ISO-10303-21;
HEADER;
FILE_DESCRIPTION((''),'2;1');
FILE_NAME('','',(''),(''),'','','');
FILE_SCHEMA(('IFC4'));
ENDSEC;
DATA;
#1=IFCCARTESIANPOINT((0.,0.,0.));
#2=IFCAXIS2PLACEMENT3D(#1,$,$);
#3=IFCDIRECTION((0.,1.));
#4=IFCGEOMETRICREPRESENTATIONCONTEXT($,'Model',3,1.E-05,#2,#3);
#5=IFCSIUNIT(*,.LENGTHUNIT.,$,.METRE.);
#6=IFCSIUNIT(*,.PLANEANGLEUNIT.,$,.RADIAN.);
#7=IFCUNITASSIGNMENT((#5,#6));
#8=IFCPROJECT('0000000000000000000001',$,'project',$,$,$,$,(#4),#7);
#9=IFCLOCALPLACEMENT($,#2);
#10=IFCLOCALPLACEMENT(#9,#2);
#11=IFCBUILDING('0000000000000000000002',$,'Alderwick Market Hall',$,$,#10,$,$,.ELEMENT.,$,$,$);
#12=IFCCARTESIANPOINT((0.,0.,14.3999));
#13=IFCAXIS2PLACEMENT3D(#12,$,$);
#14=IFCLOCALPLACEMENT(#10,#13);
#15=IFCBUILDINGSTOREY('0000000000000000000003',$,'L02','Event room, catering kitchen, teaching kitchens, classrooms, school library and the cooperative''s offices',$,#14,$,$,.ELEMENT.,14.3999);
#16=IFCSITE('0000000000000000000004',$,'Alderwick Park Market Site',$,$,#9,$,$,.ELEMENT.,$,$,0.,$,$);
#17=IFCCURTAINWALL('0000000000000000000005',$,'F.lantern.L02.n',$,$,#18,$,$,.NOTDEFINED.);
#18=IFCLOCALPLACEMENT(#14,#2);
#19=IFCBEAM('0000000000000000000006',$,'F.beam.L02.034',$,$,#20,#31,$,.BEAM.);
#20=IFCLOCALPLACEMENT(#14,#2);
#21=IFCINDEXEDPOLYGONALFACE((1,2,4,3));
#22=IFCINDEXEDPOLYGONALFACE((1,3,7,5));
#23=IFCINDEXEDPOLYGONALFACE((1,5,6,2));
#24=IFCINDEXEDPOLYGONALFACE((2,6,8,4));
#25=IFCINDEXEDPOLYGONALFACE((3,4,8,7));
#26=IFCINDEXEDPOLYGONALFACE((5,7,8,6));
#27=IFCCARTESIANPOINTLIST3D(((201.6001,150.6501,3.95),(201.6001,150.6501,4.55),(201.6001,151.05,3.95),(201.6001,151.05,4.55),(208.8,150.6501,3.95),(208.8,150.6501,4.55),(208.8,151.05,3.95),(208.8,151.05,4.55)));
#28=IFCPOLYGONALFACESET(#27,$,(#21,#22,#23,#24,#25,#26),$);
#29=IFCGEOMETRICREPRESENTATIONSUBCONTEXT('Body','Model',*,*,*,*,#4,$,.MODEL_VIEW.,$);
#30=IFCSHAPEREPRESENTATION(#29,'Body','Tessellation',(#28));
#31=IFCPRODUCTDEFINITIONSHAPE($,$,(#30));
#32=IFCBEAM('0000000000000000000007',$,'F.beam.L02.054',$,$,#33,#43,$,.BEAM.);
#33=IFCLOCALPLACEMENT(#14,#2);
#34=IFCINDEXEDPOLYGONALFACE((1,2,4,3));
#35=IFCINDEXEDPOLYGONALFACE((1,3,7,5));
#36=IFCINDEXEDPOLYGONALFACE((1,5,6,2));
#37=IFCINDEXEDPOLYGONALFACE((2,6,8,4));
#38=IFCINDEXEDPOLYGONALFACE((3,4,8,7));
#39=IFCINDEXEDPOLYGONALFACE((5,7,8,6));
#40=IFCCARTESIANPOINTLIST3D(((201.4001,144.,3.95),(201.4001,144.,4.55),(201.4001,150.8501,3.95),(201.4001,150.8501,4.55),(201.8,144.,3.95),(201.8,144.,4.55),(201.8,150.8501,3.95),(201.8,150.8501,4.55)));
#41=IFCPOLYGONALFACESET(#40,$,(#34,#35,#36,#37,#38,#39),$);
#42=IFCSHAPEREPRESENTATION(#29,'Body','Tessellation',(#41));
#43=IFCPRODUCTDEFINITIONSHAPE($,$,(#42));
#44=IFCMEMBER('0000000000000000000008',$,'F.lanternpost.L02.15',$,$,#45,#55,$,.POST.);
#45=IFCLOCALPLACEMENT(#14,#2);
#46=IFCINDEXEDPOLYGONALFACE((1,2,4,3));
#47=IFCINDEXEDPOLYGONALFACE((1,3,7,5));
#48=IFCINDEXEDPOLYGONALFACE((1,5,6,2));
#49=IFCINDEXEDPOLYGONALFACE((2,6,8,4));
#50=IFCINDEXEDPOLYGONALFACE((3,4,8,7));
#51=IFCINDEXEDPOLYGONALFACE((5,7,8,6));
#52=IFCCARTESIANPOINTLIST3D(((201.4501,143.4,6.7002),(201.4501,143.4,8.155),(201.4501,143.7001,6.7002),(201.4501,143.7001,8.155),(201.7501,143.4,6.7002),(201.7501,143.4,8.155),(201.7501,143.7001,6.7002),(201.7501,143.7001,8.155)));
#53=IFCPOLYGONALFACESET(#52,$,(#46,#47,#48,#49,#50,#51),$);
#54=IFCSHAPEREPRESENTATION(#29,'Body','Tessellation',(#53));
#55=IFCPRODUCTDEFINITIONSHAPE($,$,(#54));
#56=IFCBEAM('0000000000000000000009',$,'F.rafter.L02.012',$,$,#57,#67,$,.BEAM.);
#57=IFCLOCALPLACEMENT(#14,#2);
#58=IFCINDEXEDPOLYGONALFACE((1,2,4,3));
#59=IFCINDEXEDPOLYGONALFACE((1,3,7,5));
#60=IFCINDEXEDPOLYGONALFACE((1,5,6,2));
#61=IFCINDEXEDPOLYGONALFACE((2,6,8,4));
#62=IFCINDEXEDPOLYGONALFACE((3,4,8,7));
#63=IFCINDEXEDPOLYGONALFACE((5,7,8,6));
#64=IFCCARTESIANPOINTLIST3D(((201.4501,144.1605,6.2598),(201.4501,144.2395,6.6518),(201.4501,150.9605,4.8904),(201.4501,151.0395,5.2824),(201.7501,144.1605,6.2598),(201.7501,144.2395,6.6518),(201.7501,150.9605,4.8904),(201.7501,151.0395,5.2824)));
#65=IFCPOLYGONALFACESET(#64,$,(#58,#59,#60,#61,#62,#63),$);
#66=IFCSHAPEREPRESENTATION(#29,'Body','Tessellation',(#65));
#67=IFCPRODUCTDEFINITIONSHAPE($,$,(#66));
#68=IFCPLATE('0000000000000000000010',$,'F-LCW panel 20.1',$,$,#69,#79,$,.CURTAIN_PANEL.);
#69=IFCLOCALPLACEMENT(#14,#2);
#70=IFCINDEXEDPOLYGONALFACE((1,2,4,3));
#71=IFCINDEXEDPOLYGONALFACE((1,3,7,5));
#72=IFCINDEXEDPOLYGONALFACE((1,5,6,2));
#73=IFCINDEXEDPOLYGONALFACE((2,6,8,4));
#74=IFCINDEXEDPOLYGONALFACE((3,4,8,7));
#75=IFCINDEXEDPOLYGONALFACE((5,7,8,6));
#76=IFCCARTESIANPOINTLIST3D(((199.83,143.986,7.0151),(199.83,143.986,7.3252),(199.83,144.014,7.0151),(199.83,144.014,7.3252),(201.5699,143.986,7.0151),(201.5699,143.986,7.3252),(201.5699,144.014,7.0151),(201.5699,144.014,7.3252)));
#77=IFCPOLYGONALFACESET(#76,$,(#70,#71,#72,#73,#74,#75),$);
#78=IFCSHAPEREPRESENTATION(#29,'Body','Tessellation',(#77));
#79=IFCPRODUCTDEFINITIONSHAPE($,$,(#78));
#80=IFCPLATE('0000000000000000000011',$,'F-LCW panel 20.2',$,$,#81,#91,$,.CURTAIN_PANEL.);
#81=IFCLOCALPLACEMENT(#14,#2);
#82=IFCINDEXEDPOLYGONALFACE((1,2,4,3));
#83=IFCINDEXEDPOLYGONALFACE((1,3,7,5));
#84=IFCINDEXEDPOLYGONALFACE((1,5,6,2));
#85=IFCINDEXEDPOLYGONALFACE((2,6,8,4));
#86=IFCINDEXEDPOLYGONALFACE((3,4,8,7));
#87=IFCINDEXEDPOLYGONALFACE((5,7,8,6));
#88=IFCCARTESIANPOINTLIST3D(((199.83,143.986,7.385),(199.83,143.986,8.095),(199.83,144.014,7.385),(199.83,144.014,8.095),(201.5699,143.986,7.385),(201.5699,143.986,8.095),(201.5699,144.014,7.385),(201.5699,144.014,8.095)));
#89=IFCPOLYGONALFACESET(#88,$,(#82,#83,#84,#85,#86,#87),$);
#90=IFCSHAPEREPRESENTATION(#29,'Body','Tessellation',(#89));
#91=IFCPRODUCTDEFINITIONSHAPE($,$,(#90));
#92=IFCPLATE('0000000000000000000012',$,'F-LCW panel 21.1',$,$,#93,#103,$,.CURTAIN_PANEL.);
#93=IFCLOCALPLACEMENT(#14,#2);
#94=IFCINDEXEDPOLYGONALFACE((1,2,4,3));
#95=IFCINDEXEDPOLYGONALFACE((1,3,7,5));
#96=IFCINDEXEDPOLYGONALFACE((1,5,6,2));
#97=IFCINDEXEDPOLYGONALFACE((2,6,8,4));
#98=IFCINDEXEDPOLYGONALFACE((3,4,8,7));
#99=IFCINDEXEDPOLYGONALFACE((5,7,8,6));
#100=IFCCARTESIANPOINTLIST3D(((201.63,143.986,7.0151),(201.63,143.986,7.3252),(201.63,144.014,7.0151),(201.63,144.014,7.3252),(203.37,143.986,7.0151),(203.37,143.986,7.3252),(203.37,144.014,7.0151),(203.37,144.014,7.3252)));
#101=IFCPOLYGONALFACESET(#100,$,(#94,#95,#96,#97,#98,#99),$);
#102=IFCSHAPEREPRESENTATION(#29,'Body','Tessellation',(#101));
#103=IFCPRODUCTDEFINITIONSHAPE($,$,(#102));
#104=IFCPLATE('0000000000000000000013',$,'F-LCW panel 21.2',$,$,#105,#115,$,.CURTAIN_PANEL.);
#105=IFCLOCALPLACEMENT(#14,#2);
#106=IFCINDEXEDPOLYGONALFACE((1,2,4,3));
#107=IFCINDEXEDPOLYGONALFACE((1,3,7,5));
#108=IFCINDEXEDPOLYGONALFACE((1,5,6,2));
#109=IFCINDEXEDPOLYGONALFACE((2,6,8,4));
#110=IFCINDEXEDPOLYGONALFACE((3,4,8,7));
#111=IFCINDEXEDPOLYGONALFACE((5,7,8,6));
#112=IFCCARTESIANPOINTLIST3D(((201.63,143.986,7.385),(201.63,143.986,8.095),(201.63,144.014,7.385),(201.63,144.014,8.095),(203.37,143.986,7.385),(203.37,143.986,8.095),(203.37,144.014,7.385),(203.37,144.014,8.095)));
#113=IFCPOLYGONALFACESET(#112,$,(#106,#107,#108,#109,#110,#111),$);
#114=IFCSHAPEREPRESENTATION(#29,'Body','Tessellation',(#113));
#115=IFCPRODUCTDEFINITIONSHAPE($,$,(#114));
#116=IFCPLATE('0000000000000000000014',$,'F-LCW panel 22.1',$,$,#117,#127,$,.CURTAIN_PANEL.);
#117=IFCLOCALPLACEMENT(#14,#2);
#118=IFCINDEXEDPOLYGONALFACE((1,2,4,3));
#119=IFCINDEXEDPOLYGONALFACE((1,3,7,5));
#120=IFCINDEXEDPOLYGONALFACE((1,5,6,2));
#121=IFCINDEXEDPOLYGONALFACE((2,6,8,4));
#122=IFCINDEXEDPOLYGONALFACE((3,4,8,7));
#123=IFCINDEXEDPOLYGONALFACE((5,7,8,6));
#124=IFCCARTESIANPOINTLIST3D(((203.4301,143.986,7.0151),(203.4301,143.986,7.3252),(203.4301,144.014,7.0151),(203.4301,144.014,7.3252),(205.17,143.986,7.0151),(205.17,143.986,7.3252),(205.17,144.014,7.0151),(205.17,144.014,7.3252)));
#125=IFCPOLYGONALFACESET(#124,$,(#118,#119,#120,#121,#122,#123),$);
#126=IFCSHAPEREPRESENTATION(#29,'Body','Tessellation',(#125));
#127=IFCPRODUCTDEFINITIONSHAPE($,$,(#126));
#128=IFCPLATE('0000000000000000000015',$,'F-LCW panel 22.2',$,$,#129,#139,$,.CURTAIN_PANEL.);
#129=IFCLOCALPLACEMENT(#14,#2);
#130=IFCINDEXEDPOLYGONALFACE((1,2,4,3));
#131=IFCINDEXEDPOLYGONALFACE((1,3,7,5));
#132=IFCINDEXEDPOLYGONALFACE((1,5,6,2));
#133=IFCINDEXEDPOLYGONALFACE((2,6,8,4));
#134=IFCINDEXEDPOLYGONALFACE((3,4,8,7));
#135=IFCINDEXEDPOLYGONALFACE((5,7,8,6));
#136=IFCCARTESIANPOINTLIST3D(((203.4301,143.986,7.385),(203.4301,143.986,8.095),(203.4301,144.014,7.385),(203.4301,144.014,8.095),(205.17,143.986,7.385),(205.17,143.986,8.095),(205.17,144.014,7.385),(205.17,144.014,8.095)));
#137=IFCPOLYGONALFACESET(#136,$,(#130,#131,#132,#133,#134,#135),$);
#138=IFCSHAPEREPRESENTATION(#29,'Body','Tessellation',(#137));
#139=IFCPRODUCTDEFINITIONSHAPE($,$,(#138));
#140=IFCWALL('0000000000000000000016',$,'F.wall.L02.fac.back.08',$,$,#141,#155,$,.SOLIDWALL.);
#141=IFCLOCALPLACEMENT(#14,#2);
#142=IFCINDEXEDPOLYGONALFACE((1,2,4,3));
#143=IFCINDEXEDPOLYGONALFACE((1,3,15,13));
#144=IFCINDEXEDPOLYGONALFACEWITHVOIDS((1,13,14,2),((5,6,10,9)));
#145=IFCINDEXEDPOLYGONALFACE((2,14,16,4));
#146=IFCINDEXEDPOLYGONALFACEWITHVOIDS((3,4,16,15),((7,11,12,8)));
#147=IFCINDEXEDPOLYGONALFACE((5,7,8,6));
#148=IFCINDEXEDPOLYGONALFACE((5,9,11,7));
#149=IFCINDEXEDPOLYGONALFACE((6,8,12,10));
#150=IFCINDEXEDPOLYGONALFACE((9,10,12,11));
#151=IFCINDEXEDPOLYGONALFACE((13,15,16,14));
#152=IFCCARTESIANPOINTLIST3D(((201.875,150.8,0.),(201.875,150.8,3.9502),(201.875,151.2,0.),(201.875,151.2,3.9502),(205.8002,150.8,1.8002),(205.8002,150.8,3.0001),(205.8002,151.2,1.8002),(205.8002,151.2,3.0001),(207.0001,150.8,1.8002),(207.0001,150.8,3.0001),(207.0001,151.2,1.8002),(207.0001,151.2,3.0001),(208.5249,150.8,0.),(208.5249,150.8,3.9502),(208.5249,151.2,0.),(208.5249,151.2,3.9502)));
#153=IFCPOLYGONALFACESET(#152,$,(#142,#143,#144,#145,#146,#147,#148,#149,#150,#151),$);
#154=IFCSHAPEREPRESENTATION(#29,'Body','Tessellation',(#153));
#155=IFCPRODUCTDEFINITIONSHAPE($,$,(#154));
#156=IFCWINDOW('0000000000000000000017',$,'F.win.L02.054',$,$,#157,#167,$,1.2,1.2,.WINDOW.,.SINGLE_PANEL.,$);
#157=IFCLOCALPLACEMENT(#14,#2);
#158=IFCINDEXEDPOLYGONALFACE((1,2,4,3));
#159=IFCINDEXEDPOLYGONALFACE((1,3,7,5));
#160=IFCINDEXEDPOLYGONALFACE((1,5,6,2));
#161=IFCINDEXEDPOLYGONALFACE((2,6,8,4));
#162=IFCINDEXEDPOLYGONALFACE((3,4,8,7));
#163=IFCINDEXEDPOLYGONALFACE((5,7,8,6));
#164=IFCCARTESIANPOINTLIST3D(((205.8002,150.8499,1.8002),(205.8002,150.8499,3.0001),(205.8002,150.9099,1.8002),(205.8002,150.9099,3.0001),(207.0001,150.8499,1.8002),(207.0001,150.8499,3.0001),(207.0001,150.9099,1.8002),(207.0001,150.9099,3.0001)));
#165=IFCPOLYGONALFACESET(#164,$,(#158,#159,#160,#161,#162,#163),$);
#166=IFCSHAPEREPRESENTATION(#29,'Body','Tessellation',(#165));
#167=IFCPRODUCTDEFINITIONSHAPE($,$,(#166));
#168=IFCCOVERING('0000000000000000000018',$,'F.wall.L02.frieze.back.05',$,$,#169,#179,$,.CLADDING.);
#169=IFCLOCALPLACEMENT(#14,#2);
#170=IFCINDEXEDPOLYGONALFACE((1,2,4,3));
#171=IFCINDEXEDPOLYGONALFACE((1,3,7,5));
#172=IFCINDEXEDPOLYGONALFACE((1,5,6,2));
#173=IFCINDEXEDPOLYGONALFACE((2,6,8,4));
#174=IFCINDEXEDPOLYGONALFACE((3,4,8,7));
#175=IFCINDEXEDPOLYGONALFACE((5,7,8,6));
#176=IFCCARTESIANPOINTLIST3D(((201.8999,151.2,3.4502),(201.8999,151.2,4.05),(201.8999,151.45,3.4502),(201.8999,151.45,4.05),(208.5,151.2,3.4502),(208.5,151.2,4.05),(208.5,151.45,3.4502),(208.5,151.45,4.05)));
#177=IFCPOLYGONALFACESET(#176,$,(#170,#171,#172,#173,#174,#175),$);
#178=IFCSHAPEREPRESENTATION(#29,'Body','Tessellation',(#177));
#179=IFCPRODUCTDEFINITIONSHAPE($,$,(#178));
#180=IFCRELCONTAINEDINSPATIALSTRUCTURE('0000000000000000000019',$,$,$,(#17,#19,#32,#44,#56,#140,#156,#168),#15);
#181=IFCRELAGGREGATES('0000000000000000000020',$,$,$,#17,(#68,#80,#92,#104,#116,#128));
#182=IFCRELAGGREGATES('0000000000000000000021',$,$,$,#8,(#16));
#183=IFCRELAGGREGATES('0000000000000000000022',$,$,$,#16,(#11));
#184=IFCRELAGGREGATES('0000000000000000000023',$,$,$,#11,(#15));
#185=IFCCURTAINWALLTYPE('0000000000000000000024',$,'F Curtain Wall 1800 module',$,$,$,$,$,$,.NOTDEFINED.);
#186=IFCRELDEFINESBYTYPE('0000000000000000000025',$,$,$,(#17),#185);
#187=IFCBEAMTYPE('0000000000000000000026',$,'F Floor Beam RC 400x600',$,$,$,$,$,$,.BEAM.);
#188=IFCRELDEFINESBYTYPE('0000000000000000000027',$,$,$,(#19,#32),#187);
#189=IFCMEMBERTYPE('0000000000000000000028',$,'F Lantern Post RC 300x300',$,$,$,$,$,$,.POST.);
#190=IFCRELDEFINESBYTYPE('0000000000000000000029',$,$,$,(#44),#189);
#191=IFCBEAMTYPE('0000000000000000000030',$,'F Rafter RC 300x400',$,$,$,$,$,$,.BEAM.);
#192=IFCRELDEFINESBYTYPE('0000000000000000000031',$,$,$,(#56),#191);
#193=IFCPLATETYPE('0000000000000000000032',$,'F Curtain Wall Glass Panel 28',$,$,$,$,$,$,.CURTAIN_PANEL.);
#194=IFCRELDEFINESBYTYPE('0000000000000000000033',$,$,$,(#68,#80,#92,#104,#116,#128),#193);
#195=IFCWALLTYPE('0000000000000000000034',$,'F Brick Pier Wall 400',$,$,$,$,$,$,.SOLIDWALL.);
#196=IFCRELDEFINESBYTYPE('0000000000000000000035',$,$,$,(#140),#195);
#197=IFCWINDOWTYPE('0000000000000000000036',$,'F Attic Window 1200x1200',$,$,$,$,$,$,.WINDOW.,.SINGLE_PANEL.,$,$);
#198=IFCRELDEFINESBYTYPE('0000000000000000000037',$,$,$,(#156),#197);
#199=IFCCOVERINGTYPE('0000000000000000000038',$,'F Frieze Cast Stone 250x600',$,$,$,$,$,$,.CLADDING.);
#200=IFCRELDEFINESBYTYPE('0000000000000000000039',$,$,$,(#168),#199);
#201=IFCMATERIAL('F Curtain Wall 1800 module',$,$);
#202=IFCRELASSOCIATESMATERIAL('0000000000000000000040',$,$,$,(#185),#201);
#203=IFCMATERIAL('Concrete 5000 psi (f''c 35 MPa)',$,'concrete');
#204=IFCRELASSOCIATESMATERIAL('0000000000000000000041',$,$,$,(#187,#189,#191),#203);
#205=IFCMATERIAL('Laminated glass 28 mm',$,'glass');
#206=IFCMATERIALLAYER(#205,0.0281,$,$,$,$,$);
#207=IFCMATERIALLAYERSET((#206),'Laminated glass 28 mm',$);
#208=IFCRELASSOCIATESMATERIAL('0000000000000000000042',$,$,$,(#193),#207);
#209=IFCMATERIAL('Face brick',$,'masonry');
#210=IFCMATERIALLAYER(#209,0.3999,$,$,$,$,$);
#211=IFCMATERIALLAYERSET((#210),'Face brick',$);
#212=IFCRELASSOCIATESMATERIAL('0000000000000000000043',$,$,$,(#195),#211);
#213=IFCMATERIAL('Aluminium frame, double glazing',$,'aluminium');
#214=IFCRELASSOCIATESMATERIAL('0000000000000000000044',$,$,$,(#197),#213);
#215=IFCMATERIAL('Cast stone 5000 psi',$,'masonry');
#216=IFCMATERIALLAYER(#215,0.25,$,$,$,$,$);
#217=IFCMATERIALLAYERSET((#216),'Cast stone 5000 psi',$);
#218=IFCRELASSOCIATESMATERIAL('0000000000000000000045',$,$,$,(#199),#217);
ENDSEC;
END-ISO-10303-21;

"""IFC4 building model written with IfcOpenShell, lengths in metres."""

from ifc_helpers import new_model, si_unit, direction, frame, frame_2d, origin, origin_2d, place, context, subcontext, project, spatial, rectangle, extrude, material, layer, layer_set, material_profile, profile_set, type_object, element, fill, aggregate, save


model = new_model("IFC4")

# Units and contexts
model_context = context("Model", 3, precision=1e-05, world=origin(), true_north=direction((0.0, 1.0)))
body_context = subcontext(model_context, "Body", "Model", "MODEL_VIEW")
ifc_project = project(units=[si_unit("LENGTHUNIT", "METRE"), si_unit("PLANEANGLEUNIT", "RADIAN")], contexts=[model_context])

# Site, building, storey
site_placement = place(None, origin())
site = spatial("IfcSite", under=ifc_project, at=site_placement, Name="Alderwick Park Market Site", CompositionType="ELEMENT", RefElevation=0.0)
building_placement = place(site_placement, origin())
building = spatial("IfcBuilding", under=site, at=building_placement, Name="Alderwick Market Hall", CompositionType="ELEMENT")
storey_placement = place(building_placement, frame((0.0, 0.0, 14.3999)))
storey = spatial("IfcBuildingStorey", under=building, at=storey_placement, Name="L02", Description="Event room, catering kitchen, teaching kitchens, classrooms, school library and the cooperative's offices", CompositionType="ELEMENT", Elevation=14.3999)

# Shared definitions
ifc_material_1 = material(Name="Concrete 5000 psi (f'c 35 MPa)", Category="concrete")

# Curtain wall
ifc_material_2 = material(Name="F Curtain Wall 1800 module")
curtain_wall_type = type_object("IfcCurtainWallType", Name="F Curtain Wall 1800 module", PredefinedType="NOTDEFINED", material=ifc_material_2)
curtain_wall_placement = place(storey_placement, origin())
curtain_wall = element("IfcCurtainWall", 1, at=curtain_wall_placement, inside=storey, type_object=curtain_wall_type, Name="F.lantern.L02.n", PredefinedType="NOTDEFINED")

# Beams
ifc_material_profile_1 = material_profile(ifc_material_1, rectangle(XDim=0.3999, YDim=0.6001, at=origin_2d()), Name="RC 400x600")
ifc_profile_set_1 = profile_set([ifc_material_profile_1], Name="Concrete 5000 psi (f'c 35 MPa)")
beam_type_1 = type_object("IfcBeamType", Name="F Floor Beam RC 400x600", PredefinedType="BEAM", material=ifc_profile_set_1)
for number, where, z_axis, x_axis, name in (
    (2, (201.6001, 150.8501, 4.25), (1.0, 0.0, 0.0), (0.0, 1.0, 0.0), "F.beam.L02.034"),
):
    element("IfcBeam", number, at=place(storey_placement, frame(where, z_axis=z_axis, x_axis=x_axis)), inside=storey, type_object=beam_type_1, Name=name, PredefinedType="BEAM", context=body_context, shape_type="SweptSolid", body=[
        extrude(rectangle(XDim=0.3999, YDim=0.6001, at=origin_2d()), origin(), (0.0, 0.0, 1.0), 7.2),
    ])
beam_1_placement = place(storey_placement, frame((201.6001, 144.0, 4.25), z_axis=(0.0, 1.0, 0.0), x_axis=(-1.0, 0.0, 0.0)))
element("IfcBeam", 3, at=beam_1_placement, inside=storey, type_object=beam_type_1, Name="F.beam.L02.054", PredefinedType="BEAM", context=body_context, shape_type="SweptSolid", body=[
    extrude(rectangle(XDim=0.3999, YDim=0.6001, at=origin_2d()), origin(), (0.0, 0.0, 1.0), 6.8501),
])

# Member
ifc_material_profile_2 = material_profile(ifc_material_1, rectangle(XDim=0.3, YDim=0.3, at=origin_2d()), Name="RC 300x300")
ifc_profile_set_2 = profile_set([ifc_material_profile_2], Name="Concrete 5000 psi (f'c 35 MPa)")
member_type_1 = type_object("IfcMemberType", Name="F Lantern Post RC 300x300", PredefinedType="POST", material=ifc_profile_set_2)
member_1_placement = place(storey_placement, frame((201.6001, 143.55, 6.7002), z_axis=(0.0, 0.0, 1.0), x_axis=(1.0, 0.0, 0.0)))
element("IfcMember", 4, at=member_1_placement, inside=storey, type_object=member_type_1, Name="F.lanternpost.L02.15", PredefinedType="POST", context=body_context, shape_type="SweptSolid", body=[
    extrude(rectangle(XDim=0.3, YDim=0.3, at=origin_2d()), origin(), (0.0, 0.0, 1.0), 1.4548),
])

# Beam
ifc_material_profile_3 = material_profile(ifc_material_1, rectangle(XDim=0.3, YDim=0.3999, at=origin_2d()), Name="RC 300x400")
ifc_profile_set_3 = profile_set([ifc_material_profile_3], Name="Concrete 5000 psi (f'c 35 MPa)")
beam_type_2 = type_object("IfcBeamType", Name="F Rafter RC 300x400", PredefinedType="BEAM", material=ifc_profile_set_3)
beam_2_placement = place(storey_placement, frame((201.6001, 151.0, 5.0864), z_axis=(0.0, -0.98032, 0.197416), x_axis=(1.0, 0.0, 0.0)))
element("IfcBeam", 5, at=beam_2_placement, inside=storey, type_object=beam_type_2, Name="F.rafter.L02.012", PredefinedType="BEAM", context=body_context, shape_type="SweptSolid", body=[
    extrude(rectangle(XDim=0.3, YDim=0.3999, at=origin_2d()), origin(), (0.0, 0.0, 1.0), 6.9365),
])

# Plates
ifc_material_3 = material(Name="Laminated glass 28 mm", Category="glass")
ifc_layer_1 = layer(ifc_material_3, 0.0281)
ifc_layer_set_1 = layer_set([ifc_layer_1], Name="Laminated glass 28 mm")
plate_type = type_object("IfcPlateType", Name="F Curtain Wall Glass Panel 28", PredefinedType="CURTAIN_PANEL", material=ifc_layer_set_1)
plate_1_placement = place(storey_placement, frame((200.7, 144.0, 7.0151), z_axis=(0.0, 0.0, 1.0), x_axis=(1.0, 0.0, 0.0)))
plate_1 = element("IfcPlate", 6, at=plate_1_placement, type_object=plate_type, Name="F-LCW panel 20.1", PredefinedType="CURTAIN_PANEL", context=body_context, shape_type="SweptSolid", body=[
    extrude(rectangle(XDim=1.74, YDim=0.0281, at=origin_2d()), origin(), (0.0, 0.0, 1.0), 0.3101),
])
plate_2_placement = place(storey_placement, frame((200.7, 144.0, 7.385), z_axis=(0.0, 0.0, 1.0), x_axis=(1.0, 0.0, 0.0)))
plate_2 = element("IfcPlate", 7, at=plate_2_placement, type_object=plate_type, Name="F-LCW panel 20.2", PredefinedType="CURTAIN_PANEL", context=body_context, shape_type="SweptSolid", body=[
    extrude(rectangle(XDim=1.74, YDim=0.0281, at=origin_2d()), origin(), (0.0, 0.0, 1.0), 0.71),
])
plate_3_placement = place(storey_placement, frame((202.5, 144.0, 7.0151), z_axis=(0.0, 0.0, 1.0), x_axis=(1.0, 0.0, 0.0)))
plate_3 = element("IfcPlate", 8, at=plate_3_placement, type_object=plate_type, Name="F-LCW panel 21.1", PredefinedType="CURTAIN_PANEL", context=body_context, shape_type="SweptSolid", body=[
    extrude(rectangle(XDim=1.74, YDim=0.0281, at=origin_2d()), origin(), (0.0, 0.0, 1.0), 0.3101),
])
plate_4_placement = place(storey_placement, frame((202.5, 144.0, 7.385), z_axis=(0.0, 0.0, 1.0), x_axis=(1.0, 0.0, 0.0)))
plate_4 = element("IfcPlate", 9, at=plate_4_placement, type_object=plate_type, Name="F-LCW panel 21.2", PredefinedType="CURTAIN_PANEL", context=body_context, shape_type="SweptSolid", body=[
    extrude(rectangle(XDim=1.74, YDim=0.0281, at=origin_2d()), origin(), (0.0, 0.0, 1.0), 0.71),
])
plate_5_placement = place(storey_placement, frame((204.3, 144.0, 7.0151), z_axis=(0.0, 0.0, 1.0), x_axis=(1.0, 0.0, 0.0)))
plate_5 = element("IfcPlate", 10, at=plate_5_placement, type_object=plate_type, Name="F-LCW panel 22.1", PredefinedType="CURTAIN_PANEL", context=body_context, shape_type="SweptSolid", body=[
    extrude(rectangle(XDim=1.74, YDim=0.0281, at=origin_2d()), origin(), (0.0, 0.0, 1.0), 0.3101),
])
plate_6_placement = place(storey_placement, frame((204.3, 144.0, 7.385), z_axis=(0.0, 0.0, 1.0), x_axis=(1.0, 0.0, 0.0)))
plate_6 = element("IfcPlate", 11, at=plate_6_placement, type_object=plate_type, Name="F-LCW panel 22.2", PredefinedType="CURTAIN_PANEL", context=body_context, shape_type="SweptSolid", body=[
    extrude(rectangle(XDim=1.74, YDim=0.0281, at=origin_2d()), origin(), (0.0, 0.0, 1.0), 0.71),
])
aggregate(curtain_wall, [plate_1, plate_2, plate_3, plate_4, plate_5, plate_6])

# Wall, opening, window
ifc_material_4 = material(Name="Face brick", Category="masonry")
ifc_layer_2 = layer(ifc_material_4, 0.3999)
ifc_layer_set_2 = layer_set([ifc_layer_2], Name="Face brick")
wall_type = type_object("IfcWallType", Name="F Brick Pier Wall 400", PredefinedType="SOLIDWALL", material=ifc_layer_set_2)
wall_placement = place(storey_placement, frame((201.875, 151.0, 0.0), z_axis=(0.0, 0.0, 1.0), x_axis=(1.0, 0.0, 0.0)))
wall = element("IfcWall", 12, at=wall_placement, inside=storey, type_object=wall_type, Name="F.wall.L02.fac.back.08", PredefinedType="SOLIDWALL", context=body_context, shape_type="SweptSolid", body=[
    extrude(rectangle(XDim=6.6499, YDim=0.3999, at=frame_2d((3.325, 0.0))), origin(), (0.0, 0.0, 1.0), 3.9502),
])
opening_placement = place(wall_placement, frame((3.925, 0.0, 1.8)))
opening = element("IfcOpeningElement", 13, at=opening_placement, cuts=wall, PredefinedType="OPENING", context=body_context, shape_type="SweptSolid", body=[
    extrude(rectangle(XDim=1.2, YDim=1.2, at=frame_2d((0.6001, 0.6001))), frame((0.0, 0.21, 0.0), z_axis=(0.0, -1.0, 0.0), x_axis=(1.0, 0.0, 0.0)), (0.0, 0.0, 1.0), 0.4199),
])
ifc_material_5 = material(Name="Aluminium frame, double glazing", Category="aluminium")
window_type = type_object("IfcWindowType", Name="F Attic Window 1200x1200", PartitioningType="SINGLE_PANEL", PredefinedType="WINDOW", material=ifc_material_5)
window_placement = place(opening_placement, origin())
window = element("IfcWindow", 14, at=window_placement, inside=storey, type_object=window_type, Name="F.win.L02.054", OverallHeight=1.2, OverallWidth=1.2, PartitioningType="SINGLE_PANEL", PredefinedType="WINDOW", context=body_context, shape_type="SweptSolid", body=[
    extrude(rectangle(XDim=1.2, YDim=1.2, at=frame_2d((0.6001, 0.6001))), frame((0.0, -0.0901, 0.0), z_axis=(0.0, -1.0, 0.0), x_axis=(1.0, 0.0, 0.0)), (0.0, 0.0, 1.0), 0.0601),
])
fill(opening, window)

# Covering
ifc_material_6 = material(Name="Cast stone 5000 psi", Category="masonry")
ifc_layer_3 = layer(ifc_material_6, 0.25)
ifc_layer_set_3 = layer_set([ifc_layer_3], Name="Cast stone 5000 psi")
covering_type = type_object("IfcCoveringType", Name="F Frieze Cast Stone 250x600", PredefinedType="CLADDING", material=ifc_layer_set_3)
covering_placement = place(storey_placement, frame((201.8999, 151.325, 3.4502), z_axis=(0.0, 0.0, 1.0), x_axis=(1.0, 0.0, 0.0)))
element("IfcCovering", 15, at=covering_placement, inside=storey, type_object=covering_type, Name="F.wall.L02.frieze.back.05", PredefinedType="CLADDING", context=body_context, shape_type="SweptSolid", body=[
    extrude(rectangle(XDim=6.6001, YDim=0.25, at=frame_2d((3.3, 0.0))), origin(), (0.0, 0.0, 1.0), 0.5999),
])

save(model, "model.ifc")
